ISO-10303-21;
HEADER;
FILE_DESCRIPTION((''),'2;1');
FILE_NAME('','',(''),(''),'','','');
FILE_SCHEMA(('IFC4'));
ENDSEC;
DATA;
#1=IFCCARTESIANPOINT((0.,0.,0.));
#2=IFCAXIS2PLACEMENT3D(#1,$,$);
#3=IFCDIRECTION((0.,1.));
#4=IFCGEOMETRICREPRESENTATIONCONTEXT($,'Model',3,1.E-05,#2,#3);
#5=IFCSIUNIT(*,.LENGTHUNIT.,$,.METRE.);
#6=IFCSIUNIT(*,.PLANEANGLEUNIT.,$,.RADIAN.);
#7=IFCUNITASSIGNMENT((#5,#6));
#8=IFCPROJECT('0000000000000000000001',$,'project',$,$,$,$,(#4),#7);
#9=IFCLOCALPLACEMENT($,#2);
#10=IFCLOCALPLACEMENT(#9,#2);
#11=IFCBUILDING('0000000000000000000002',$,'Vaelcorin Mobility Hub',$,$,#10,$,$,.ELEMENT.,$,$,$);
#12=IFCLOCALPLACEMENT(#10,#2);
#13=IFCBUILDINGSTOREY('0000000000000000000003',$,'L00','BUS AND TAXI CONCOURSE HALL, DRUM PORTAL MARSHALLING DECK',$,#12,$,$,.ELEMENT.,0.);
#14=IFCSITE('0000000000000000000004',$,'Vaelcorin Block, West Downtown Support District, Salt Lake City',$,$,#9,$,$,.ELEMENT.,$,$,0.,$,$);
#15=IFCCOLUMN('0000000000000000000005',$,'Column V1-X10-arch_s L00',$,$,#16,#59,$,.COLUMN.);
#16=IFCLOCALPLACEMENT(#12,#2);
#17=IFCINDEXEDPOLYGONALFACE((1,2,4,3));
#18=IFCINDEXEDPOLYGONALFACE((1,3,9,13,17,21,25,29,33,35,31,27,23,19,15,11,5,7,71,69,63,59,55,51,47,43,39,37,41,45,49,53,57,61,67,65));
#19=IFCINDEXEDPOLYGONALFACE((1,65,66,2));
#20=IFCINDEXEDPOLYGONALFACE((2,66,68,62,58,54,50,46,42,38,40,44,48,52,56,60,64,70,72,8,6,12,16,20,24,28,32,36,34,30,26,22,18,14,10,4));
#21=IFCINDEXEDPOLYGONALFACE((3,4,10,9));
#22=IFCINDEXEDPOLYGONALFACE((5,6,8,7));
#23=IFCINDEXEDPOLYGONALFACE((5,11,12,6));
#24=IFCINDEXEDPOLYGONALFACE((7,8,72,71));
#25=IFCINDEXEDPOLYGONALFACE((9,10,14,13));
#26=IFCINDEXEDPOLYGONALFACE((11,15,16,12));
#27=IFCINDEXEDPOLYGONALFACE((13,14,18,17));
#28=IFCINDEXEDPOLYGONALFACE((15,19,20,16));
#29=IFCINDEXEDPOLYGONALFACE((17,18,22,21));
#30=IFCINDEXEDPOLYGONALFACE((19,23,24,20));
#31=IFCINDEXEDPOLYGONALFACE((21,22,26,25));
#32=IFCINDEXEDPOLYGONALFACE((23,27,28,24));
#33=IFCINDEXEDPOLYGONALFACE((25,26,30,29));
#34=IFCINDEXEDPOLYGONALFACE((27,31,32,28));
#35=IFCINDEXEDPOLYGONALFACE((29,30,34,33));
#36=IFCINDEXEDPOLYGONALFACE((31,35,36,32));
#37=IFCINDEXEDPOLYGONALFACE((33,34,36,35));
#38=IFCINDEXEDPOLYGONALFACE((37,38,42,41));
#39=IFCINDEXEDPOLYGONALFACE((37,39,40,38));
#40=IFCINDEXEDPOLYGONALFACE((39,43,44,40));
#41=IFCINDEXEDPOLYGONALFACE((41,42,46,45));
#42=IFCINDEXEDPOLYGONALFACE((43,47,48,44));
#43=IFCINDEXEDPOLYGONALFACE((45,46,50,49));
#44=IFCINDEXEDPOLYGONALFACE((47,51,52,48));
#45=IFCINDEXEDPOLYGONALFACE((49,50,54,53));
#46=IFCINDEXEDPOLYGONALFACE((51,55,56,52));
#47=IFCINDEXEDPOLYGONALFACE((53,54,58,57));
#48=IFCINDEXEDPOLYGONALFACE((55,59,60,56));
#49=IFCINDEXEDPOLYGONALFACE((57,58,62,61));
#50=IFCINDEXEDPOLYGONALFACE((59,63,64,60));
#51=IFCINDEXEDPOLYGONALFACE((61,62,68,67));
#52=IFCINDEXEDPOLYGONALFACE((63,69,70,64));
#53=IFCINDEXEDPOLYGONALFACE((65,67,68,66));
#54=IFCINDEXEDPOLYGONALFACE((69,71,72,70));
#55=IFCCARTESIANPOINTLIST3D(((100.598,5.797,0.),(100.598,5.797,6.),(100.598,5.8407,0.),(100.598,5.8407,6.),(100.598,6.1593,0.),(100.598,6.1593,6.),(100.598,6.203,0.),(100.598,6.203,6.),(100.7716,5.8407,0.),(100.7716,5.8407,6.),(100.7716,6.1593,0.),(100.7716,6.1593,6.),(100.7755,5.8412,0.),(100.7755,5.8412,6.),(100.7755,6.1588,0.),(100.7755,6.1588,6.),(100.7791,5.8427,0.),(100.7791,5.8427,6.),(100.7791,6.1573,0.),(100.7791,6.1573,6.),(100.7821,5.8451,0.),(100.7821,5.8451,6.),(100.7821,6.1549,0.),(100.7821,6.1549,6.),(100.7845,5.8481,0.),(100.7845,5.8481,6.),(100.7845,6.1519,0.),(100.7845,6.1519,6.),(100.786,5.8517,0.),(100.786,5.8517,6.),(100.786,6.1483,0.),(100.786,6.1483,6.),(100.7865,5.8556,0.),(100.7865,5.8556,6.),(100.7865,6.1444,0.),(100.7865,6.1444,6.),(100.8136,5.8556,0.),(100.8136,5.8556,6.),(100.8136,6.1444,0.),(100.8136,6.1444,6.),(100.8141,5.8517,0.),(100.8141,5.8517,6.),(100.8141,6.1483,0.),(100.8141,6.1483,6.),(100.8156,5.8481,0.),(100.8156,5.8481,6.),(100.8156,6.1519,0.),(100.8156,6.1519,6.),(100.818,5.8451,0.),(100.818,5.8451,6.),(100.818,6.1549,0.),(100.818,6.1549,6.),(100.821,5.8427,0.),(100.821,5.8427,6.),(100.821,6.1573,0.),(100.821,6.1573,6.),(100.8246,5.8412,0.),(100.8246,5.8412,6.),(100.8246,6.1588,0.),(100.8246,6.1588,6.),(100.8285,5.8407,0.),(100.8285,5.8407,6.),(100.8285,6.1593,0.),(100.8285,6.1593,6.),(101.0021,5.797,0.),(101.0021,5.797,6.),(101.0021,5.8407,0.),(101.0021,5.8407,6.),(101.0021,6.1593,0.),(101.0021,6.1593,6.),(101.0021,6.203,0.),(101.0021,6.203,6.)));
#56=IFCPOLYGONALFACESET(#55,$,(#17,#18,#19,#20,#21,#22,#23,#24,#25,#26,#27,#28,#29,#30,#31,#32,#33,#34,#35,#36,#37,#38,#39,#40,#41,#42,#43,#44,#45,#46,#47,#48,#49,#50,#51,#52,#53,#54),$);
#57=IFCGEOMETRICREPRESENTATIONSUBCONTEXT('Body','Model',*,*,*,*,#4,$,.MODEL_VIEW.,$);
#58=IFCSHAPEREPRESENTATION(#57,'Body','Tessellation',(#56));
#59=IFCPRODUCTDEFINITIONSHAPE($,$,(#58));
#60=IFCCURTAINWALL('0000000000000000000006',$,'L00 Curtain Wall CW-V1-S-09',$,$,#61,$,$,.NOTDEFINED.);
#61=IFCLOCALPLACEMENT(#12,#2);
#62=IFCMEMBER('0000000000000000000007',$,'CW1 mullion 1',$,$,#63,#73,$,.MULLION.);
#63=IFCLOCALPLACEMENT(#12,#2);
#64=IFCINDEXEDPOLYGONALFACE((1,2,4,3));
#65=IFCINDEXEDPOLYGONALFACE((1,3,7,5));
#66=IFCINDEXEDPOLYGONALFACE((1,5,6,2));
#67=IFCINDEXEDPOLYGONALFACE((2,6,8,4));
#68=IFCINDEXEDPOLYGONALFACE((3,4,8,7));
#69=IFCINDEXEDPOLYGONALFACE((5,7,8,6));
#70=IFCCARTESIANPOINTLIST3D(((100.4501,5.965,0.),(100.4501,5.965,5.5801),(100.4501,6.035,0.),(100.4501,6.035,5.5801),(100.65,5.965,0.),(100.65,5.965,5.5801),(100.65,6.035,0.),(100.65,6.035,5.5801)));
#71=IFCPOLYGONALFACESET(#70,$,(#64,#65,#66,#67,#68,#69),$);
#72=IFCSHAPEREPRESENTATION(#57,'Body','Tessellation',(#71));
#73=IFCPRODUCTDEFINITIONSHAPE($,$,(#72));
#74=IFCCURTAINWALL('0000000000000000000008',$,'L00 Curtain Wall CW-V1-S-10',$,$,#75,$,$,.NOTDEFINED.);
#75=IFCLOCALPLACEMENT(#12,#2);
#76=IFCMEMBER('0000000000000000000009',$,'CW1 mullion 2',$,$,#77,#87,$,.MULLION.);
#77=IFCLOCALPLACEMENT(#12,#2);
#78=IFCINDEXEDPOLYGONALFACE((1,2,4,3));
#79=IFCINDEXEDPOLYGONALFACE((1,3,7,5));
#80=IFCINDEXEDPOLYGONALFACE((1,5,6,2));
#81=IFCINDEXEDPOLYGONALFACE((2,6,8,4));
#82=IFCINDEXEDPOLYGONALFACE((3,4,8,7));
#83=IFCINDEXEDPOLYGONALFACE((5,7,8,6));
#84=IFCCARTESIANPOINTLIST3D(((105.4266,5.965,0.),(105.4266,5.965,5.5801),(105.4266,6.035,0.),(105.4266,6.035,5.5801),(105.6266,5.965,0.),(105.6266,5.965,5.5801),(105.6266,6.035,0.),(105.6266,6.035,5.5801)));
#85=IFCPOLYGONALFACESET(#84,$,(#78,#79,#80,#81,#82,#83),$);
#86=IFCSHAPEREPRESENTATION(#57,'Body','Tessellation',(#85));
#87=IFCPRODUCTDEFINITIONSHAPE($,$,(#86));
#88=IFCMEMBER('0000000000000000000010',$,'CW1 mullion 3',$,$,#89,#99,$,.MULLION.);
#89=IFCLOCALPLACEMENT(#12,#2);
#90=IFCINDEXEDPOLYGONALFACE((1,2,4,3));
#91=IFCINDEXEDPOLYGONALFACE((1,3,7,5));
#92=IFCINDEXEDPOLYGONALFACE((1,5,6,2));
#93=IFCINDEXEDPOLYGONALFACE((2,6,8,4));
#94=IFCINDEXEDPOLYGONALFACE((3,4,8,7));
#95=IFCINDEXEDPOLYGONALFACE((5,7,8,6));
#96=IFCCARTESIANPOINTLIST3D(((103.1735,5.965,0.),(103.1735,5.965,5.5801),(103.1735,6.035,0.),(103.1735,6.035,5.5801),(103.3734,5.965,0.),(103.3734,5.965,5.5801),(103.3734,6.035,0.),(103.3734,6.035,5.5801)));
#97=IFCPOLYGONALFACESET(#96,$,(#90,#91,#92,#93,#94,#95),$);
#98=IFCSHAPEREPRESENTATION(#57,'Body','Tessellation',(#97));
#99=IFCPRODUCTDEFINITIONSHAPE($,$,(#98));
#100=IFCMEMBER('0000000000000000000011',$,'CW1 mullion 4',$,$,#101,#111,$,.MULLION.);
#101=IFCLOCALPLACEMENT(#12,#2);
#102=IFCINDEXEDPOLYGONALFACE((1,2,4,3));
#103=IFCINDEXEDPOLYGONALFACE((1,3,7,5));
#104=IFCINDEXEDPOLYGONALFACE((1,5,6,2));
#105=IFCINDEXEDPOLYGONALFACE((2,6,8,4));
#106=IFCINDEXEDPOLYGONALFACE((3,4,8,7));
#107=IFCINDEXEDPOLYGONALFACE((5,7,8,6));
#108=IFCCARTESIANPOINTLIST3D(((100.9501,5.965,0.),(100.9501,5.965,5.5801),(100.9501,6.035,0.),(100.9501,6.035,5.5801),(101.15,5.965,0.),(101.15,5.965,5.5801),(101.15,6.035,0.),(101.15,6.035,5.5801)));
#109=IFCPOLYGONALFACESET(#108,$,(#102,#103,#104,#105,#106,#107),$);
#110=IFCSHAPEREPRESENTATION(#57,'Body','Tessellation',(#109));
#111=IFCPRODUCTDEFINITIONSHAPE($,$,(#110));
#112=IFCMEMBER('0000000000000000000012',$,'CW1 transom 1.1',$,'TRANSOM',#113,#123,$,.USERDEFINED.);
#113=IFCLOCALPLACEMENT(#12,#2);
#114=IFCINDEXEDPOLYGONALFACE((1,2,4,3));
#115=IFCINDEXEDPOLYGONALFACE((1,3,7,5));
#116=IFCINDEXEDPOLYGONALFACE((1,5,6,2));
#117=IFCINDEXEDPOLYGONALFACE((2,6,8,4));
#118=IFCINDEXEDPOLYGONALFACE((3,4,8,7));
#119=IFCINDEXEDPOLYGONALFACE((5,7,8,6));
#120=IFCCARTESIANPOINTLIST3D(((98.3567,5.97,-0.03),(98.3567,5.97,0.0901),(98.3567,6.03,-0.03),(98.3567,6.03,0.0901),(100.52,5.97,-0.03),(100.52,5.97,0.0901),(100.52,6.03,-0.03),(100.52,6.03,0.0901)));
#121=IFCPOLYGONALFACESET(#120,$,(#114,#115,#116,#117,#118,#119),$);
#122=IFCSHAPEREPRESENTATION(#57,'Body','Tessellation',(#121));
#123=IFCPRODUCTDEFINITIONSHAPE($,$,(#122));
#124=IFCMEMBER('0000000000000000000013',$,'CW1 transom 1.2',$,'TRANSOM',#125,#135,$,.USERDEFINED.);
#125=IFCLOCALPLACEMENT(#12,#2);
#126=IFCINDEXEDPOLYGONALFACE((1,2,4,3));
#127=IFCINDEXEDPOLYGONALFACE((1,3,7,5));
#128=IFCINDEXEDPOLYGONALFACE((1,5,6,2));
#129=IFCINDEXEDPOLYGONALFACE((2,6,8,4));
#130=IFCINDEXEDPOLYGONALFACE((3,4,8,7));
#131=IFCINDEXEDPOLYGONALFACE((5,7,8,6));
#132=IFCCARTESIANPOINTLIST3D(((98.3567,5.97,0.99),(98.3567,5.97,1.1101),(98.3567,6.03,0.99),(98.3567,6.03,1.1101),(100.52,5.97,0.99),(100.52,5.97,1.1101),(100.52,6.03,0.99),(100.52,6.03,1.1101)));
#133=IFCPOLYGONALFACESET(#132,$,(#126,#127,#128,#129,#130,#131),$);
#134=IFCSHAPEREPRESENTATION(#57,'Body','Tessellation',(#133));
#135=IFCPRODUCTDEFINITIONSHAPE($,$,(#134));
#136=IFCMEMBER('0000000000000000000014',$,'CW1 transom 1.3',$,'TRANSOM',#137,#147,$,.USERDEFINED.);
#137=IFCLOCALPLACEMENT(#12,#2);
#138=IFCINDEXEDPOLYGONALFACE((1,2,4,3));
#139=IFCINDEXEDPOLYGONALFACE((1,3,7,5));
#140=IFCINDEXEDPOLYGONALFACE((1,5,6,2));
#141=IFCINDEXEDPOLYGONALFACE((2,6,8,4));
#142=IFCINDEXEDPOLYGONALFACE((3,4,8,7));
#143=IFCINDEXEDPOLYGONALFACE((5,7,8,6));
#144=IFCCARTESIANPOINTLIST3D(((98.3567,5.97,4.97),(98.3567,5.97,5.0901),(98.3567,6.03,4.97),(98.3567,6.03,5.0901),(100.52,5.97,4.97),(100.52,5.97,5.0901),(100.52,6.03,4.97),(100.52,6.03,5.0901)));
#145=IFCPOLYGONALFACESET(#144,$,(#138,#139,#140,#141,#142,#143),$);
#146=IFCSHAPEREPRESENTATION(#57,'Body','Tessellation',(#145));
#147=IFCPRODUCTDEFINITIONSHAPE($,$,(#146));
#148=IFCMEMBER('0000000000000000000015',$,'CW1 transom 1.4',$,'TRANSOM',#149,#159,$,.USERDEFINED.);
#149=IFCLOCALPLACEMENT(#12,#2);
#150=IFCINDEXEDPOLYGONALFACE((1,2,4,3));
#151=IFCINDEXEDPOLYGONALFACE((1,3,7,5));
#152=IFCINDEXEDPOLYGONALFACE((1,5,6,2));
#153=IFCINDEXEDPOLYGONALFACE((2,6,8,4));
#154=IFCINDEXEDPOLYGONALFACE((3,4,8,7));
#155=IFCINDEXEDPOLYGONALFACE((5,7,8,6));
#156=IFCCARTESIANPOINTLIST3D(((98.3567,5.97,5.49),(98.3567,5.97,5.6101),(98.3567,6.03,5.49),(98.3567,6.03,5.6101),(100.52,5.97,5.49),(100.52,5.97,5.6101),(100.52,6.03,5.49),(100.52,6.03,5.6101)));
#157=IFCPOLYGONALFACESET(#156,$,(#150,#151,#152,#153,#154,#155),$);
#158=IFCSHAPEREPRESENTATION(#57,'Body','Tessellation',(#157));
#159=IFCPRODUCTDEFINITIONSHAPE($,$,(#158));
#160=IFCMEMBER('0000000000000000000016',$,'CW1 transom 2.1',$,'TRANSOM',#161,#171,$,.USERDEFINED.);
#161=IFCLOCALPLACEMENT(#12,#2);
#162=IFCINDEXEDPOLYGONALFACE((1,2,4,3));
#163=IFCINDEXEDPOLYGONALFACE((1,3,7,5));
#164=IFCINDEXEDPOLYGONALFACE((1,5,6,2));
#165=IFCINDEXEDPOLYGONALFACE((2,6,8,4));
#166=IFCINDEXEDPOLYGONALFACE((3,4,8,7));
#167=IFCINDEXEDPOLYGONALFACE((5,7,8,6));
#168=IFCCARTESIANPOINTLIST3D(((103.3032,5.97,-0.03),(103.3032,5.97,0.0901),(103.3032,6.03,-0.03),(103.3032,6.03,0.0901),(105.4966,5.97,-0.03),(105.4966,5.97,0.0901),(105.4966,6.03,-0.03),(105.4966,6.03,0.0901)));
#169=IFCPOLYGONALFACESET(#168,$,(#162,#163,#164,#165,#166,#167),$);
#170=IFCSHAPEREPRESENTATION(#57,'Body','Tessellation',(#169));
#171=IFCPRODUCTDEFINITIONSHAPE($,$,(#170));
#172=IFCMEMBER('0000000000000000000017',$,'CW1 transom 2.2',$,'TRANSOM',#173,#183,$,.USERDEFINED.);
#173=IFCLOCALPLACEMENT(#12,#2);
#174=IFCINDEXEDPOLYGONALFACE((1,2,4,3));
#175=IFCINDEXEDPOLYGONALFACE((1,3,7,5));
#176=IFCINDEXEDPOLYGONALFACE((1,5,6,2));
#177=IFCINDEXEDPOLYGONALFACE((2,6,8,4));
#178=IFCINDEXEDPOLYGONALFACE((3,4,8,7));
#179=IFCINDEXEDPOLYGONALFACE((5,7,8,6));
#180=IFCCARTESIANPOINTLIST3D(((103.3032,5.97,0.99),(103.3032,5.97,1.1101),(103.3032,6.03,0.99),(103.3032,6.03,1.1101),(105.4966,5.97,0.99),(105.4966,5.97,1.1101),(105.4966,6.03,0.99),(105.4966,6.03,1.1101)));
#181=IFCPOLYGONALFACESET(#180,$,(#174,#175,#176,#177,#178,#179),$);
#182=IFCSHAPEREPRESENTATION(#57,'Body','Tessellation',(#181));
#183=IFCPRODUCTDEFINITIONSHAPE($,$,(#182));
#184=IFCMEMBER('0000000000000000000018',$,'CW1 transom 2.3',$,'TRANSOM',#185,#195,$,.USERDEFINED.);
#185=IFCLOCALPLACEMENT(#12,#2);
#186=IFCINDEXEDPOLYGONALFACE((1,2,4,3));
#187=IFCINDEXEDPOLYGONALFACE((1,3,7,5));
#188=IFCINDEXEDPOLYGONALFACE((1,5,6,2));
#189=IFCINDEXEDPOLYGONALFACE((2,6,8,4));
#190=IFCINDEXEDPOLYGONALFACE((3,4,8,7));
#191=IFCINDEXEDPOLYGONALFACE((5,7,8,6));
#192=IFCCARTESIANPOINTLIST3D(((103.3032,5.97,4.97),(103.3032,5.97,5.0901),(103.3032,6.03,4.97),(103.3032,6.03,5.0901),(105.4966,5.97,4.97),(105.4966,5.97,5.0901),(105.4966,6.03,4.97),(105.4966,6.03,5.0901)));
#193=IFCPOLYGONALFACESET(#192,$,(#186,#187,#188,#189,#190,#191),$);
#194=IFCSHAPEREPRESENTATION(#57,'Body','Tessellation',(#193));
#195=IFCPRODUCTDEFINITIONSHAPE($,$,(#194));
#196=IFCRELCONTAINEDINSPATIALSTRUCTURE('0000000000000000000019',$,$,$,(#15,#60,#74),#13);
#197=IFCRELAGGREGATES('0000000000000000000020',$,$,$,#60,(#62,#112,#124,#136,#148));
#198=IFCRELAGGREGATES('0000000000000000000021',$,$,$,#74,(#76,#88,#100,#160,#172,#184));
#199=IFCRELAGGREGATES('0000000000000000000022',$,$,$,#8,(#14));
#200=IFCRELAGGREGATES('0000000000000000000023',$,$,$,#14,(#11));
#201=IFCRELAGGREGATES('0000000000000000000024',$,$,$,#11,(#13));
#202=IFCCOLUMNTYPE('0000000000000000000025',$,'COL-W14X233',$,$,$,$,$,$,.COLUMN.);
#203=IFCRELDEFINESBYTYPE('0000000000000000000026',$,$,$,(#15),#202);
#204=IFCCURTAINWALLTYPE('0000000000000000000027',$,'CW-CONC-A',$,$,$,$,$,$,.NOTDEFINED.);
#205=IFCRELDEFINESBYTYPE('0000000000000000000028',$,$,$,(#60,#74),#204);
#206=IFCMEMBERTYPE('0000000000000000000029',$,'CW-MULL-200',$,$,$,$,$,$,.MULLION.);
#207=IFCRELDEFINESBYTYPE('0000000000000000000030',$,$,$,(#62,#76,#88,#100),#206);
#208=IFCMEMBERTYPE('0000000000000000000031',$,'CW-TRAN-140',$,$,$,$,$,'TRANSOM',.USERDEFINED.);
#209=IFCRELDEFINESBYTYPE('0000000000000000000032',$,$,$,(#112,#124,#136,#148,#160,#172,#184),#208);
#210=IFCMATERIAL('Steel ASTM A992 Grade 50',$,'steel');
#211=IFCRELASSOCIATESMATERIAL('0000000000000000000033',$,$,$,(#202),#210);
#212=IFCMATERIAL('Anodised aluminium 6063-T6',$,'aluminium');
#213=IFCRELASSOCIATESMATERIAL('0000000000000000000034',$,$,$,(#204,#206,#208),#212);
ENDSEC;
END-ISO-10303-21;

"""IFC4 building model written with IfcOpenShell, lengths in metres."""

from ifc_helpers import new_model, si_unit, direction, frame, origin, origin_2d, place, context, subcontext, project, spatial, rectangle, i_section, extrude, material, material_profile, profile_set, type_object, element, aggregate, save


model = new_model("IFC4")

# Units and contexts
model_context = context("Model", 3, precision=1e-05, world=origin(), true_north=direction((0.0, 1.0)))
body_context = subcontext(model_context, "Body", "Model", "MODEL_VIEW")
ifc_project = project(units=[si_unit("LENGTHUNIT", "METRE"), si_unit("PLANEANGLEUNIT", "RADIAN")], contexts=[model_context])

# Site, building, storey
site_placement = place(None, origin())
site = spatial("IfcSite", under=ifc_project, at=site_placement, Name="Vaelcorin Block, West Downtown Support District, Salt Lake City", CompositionType="ELEMENT", RefElevation=0.0)
building_placement = place(site_placement, origin())
building = spatial("IfcBuilding", under=site, at=building_placement, Name="Vaelcorin Mobility Hub", CompositionType="ELEMENT")
storey_placement = place(building_placement, origin())
storey = spatial("IfcBuildingStorey", under=building, at=storey_placement, Name="L00", Description="BUS AND TAXI CONCOURSE HALL, DRUM PORTAL MARSHALLING DECK", CompositionType="ELEMENT", Elevation=0.0)

# Column
ifc_material_1 = material(Name="Steel ASTM A992 Grade 50", Category="steel")
ifc_material_profile_1 = material_profile(ifc_material_1, i_section(OverallWidth=0.4041, OverallDepth=0.406, WebThickness=0.0271, FlangeThickness=0.0437, FilletRadius=0.0149, at=origin_2d()), Name="W14X233")
ifc_profile_set_1 = profile_set([ifc_material_profile_1], Name="Steel ASTM A992 Grade 50")
column_type = type_object("IfcColumnType", Name="COL-W14X233", PredefinedType="COLUMN", material=ifc_profile_set_1)
column_placement = place(storey_placement, frame((100.8, 6.0, 0.0), z_axis=(0.0, 0.0, 1.0), x_axis=(1.0, 0.0, 0.0)))
element("IfcColumn", 1, at=column_placement, inside=storey, type_object=column_type, Name="Column V1-X10-arch_s L00", PredefinedType="COLUMN", context=body_context, shape_type="SweptSolid", body=[
    extrude(i_section(OverallWidth=0.4041, OverallDepth=0.406, WebThickness=0.0271, FlangeThickness=0.0437, FilletRadius=0.0149, at=origin_2d()), origin(), (0.0, 0.0, 1.0), 6.0),
])

# Curtain wall, member
ifc_material_2 = material(Name="Anodised aluminium 6063-T6", Category="aluminium")
curtain_wall_type = type_object("IfcCurtainWallType", Name="CW-CONC-A", PredefinedType="NOTDEFINED", material=ifc_material_2)
curtain_wall_1_placement = place(storey_placement, origin())
curtain_wall_1 = element("IfcCurtainWall", 2, at=curtain_wall_1_placement, inside=storey, type_object=curtain_wall_type, Name="L00 Curtain Wall CW-V1-S-09", PredefinedType="NOTDEFINED")
ifc_material_profile_2 = material_profile(ifc_material_2, rectangle(XDim=0.0701, YDim=0.2, at=origin_2d()), Name="ALU-M70X200")
ifc_profile_set_2 = profile_set([ifc_material_profile_2], Name="Anodised aluminium 6063-T6")
member_type_1 = type_object("IfcMemberType", Name="CW-MULL-200", PredefinedType="MULLION", material=ifc_profile_set_2)
member_1_placement = place(storey_placement, frame((100.55, 6.0, 0.0), z_axis=(0.0, 0.0, 1.0), x_axis=(0.0, -1.0, 0.0)))
member_1 = element("IfcMember", 3, at=member_1_placement, type_object=member_type_1, Name="CW1 mullion 1", PredefinedType="MULLION", context=body_context, shape_type="SweptSolid", body=[
    extrude(rectangle(XDim=0.0701, YDim=0.2, at=origin_2d()), origin(), (0.0, 0.0, 1.0), 5.5801),
])

# Curtain wall, members
curtain_wall_2_placement = place(storey_placement, origin())
curtain_wall_2 = element("IfcCurtainWall", 4, at=curtain_wall_2_placement, inside=storey, type_object=curtain_wall_type, Name="L00 Curtain Wall CW-V1-S-10", PredefinedType="NOTDEFINED")
member_2_placement = place(storey_placement, frame((105.5266, 6.0, 0.0), z_axis=(0.0, 0.0, 1.0), x_axis=(0.0, -1.0, 0.0)))
member_2 = element("IfcMember", 5, at=member_2_placement, type_object=member_type_1, Name="CW1 mullion 2", PredefinedType="MULLION", context=body_context, shape_type="SweptSolid", body=[
    extrude(rectangle(XDim=0.0701, YDim=0.2, at=origin_2d()), origin(), (0.0, 0.0, 1.0), 5.5801),
])
member_3_placement = place(storey_placement, frame((103.2734, 6.0, 0.0), z_axis=(0.0, 0.0, 1.0), x_axis=(0.0, -1.0, 0.0)))
member_3 = element("IfcMember", 6, at=member_3_placement, type_object=member_type_1, Name="CW1 mullion 3", PredefinedType="MULLION", context=body_context, shape_type="SweptSolid", body=[
    extrude(rectangle(XDim=0.0701, YDim=0.2, at=origin_2d()), origin(), (0.0, 0.0, 1.0), 5.5801),
])
member_4_placement = place(storey_placement, frame((101.05, 6.0, 0.0), z_axis=(0.0, 0.0, 1.0), x_axis=(0.0, -1.0, 0.0)))
member_4 = element("IfcMember", 7, at=member_4_placement, type_object=member_type_1, Name="CW1 mullion 4", PredefinedType="MULLION", context=body_context, shape_type="SweptSolid", body=[
    extrude(rectangle(XDim=0.0701, YDim=0.2, at=origin_2d()), origin(), (0.0, 0.0, 1.0), 5.5801),
])

# Members
ifc_material_profile_3 = material_profile(ifc_material_2, rectangle(XDim=0.0601, YDim=0.1201, at=origin_2d()), Name="ALU-T60X120")
ifc_profile_set_3 = profile_set([ifc_material_profile_3], Name="Anodised aluminium 6063-T6")
member_type_2 = type_object("IfcMemberType", Name="CW-TRAN-140", ElementType="TRANSOM", PredefinedType="USERDEFINED", material=ifc_profile_set_3)
member_5_placement = place(storey_placement, frame((100.52, 6.0, 0.03), z_axis=(-1.0, 0.0, 0.0), x_axis=(0.0, -1.0, 0.0)))
member_5 = element("IfcMember", 8, at=member_5_placement, type_object=member_type_2, Name="CW1 transom 1.1", ObjectType="TRANSOM", PredefinedType="USERDEFINED", context=body_context, shape_type="SweptSolid", body=[
    extrude(rectangle(XDim=0.0601, YDim=0.1201, at=origin_2d()), origin(), (0.0, 0.0, 1.0), 2.1633),
])
member_6_placement = place(storey_placement, frame((100.52, 6.0, 1.05), z_axis=(-1.0, 0.0, 0.0), x_axis=(0.0, -1.0, 0.0)))
member_6 = element("IfcMember", 9, at=member_6_placement, type_object=member_type_2, Name="CW1 transom 1.2", ObjectType="TRANSOM", PredefinedType="USERDEFINED", context=body_context, shape_type="SweptSolid", body=[
    extrude(rectangle(XDim=0.0601, YDim=0.1201, at=origin_2d()), origin(), (0.0, 0.0, 1.0), 2.1633),
])
member_7_placement = place(storey_placement, frame((100.52, 6.0, 5.03), z_axis=(-1.0, 0.0, 0.0), x_axis=(0.0, -1.0, 0.0)))
member_7 = element("IfcMember", 10, at=member_7_placement, type_object=member_type_2, Name="CW1 transom 1.3", ObjectType="TRANSOM", PredefinedType="USERDEFINED", context=body_context, shape_type="SweptSolid", body=[
    extrude(rectangle(XDim=0.0601, YDim=0.1201, at=origin_2d()), origin(), (0.0, 0.0, 1.0), 2.1633),
])
member_8_placement = place(storey_placement, frame((100.52, 6.0, 5.55), z_axis=(-1.0, 0.0, 0.0), x_axis=(0.0, -1.0, 0.0)))
member_8 = element("IfcMember", 11, at=member_8_placement, type_object=member_type_2, Name="CW1 transom 1.4", ObjectType="TRANSOM", PredefinedType="USERDEFINED", context=body_context, shape_type="SweptSolid", body=[
    extrude(rectangle(XDim=0.0601, YDim=0.1201, at=origin_2d()), origin(), (0.0, 0.0, 1.0), 2.1633),
])
aggregate(curtain_wall_1, [member_1, member_5, member_6, member_7, member_8])
member_9_placement = place(storey_placement, frame((105.4966, 6.0, 0.03), z_axis=(-1.0, 0.0, 0.0), x_axis=(0.0, -1.0, 0.0)))
member_9 = element("IfcMember", 12, at=member_9_placement, type_object=member_type_2, Name="CW1 transom 2.1", ObjectType="TRANSOM", PredefinedType="USERDEFINED", context=body_context, shape_type="SweptSolid", body=[
    extrude(rectangle(XDim=0.0601, YDim=0.1201, at=origin_2d()), origin(), (0.0, 0.0, 1.0), 2.1934),
])
member_10_placement = place(storey_placement, frame((105.4966, 6.0, 1.05), z_axis=(-1.0, 0.0, 0.0), x_axis=(0.0, -1.0, 0.0)))
member_10 = element("IfcMember", 13, at=member_10_placement, type_object=member_type_2, Name="CW1 transom 2.2", ObjectType="TRANSOM", PredefinedType="USERDEFINED", context=body_context, shape_type="SweptSolid", body=[
    extrude(rectangle(XDim=0.0601, YDim=0.1201, at=origin_2d()), origin(), (0.0, 0.0, 1.0), 2.1934),
])
member_11_placement = place(storey_placement, frame((105.4966, 6.0, 5.03), z_axis=(-1.0, 0.0, 0.0), x_axis=(0.0, -1.0, 0.0)))
member_11 = element("IfcMember", 14, at=member_11_placement, type_object=member_type_2, Name="CW1 transom 2.3", ObjectType="TRANSOM", PredefinedType="USERDEFINED", context=body_context, shape_type="SweptSolid", body=[
    extrude(rectangle(XDim=0.0601, YDim=0.1201, at=origin_2d()), origin(), (0.0, 0.0, 1.0), 2.1934),
])

aggregate(curtain_wall_2, [member_2, member_3, member_4, member_9, member_10, member_11])

save(model, "model.ifc")
